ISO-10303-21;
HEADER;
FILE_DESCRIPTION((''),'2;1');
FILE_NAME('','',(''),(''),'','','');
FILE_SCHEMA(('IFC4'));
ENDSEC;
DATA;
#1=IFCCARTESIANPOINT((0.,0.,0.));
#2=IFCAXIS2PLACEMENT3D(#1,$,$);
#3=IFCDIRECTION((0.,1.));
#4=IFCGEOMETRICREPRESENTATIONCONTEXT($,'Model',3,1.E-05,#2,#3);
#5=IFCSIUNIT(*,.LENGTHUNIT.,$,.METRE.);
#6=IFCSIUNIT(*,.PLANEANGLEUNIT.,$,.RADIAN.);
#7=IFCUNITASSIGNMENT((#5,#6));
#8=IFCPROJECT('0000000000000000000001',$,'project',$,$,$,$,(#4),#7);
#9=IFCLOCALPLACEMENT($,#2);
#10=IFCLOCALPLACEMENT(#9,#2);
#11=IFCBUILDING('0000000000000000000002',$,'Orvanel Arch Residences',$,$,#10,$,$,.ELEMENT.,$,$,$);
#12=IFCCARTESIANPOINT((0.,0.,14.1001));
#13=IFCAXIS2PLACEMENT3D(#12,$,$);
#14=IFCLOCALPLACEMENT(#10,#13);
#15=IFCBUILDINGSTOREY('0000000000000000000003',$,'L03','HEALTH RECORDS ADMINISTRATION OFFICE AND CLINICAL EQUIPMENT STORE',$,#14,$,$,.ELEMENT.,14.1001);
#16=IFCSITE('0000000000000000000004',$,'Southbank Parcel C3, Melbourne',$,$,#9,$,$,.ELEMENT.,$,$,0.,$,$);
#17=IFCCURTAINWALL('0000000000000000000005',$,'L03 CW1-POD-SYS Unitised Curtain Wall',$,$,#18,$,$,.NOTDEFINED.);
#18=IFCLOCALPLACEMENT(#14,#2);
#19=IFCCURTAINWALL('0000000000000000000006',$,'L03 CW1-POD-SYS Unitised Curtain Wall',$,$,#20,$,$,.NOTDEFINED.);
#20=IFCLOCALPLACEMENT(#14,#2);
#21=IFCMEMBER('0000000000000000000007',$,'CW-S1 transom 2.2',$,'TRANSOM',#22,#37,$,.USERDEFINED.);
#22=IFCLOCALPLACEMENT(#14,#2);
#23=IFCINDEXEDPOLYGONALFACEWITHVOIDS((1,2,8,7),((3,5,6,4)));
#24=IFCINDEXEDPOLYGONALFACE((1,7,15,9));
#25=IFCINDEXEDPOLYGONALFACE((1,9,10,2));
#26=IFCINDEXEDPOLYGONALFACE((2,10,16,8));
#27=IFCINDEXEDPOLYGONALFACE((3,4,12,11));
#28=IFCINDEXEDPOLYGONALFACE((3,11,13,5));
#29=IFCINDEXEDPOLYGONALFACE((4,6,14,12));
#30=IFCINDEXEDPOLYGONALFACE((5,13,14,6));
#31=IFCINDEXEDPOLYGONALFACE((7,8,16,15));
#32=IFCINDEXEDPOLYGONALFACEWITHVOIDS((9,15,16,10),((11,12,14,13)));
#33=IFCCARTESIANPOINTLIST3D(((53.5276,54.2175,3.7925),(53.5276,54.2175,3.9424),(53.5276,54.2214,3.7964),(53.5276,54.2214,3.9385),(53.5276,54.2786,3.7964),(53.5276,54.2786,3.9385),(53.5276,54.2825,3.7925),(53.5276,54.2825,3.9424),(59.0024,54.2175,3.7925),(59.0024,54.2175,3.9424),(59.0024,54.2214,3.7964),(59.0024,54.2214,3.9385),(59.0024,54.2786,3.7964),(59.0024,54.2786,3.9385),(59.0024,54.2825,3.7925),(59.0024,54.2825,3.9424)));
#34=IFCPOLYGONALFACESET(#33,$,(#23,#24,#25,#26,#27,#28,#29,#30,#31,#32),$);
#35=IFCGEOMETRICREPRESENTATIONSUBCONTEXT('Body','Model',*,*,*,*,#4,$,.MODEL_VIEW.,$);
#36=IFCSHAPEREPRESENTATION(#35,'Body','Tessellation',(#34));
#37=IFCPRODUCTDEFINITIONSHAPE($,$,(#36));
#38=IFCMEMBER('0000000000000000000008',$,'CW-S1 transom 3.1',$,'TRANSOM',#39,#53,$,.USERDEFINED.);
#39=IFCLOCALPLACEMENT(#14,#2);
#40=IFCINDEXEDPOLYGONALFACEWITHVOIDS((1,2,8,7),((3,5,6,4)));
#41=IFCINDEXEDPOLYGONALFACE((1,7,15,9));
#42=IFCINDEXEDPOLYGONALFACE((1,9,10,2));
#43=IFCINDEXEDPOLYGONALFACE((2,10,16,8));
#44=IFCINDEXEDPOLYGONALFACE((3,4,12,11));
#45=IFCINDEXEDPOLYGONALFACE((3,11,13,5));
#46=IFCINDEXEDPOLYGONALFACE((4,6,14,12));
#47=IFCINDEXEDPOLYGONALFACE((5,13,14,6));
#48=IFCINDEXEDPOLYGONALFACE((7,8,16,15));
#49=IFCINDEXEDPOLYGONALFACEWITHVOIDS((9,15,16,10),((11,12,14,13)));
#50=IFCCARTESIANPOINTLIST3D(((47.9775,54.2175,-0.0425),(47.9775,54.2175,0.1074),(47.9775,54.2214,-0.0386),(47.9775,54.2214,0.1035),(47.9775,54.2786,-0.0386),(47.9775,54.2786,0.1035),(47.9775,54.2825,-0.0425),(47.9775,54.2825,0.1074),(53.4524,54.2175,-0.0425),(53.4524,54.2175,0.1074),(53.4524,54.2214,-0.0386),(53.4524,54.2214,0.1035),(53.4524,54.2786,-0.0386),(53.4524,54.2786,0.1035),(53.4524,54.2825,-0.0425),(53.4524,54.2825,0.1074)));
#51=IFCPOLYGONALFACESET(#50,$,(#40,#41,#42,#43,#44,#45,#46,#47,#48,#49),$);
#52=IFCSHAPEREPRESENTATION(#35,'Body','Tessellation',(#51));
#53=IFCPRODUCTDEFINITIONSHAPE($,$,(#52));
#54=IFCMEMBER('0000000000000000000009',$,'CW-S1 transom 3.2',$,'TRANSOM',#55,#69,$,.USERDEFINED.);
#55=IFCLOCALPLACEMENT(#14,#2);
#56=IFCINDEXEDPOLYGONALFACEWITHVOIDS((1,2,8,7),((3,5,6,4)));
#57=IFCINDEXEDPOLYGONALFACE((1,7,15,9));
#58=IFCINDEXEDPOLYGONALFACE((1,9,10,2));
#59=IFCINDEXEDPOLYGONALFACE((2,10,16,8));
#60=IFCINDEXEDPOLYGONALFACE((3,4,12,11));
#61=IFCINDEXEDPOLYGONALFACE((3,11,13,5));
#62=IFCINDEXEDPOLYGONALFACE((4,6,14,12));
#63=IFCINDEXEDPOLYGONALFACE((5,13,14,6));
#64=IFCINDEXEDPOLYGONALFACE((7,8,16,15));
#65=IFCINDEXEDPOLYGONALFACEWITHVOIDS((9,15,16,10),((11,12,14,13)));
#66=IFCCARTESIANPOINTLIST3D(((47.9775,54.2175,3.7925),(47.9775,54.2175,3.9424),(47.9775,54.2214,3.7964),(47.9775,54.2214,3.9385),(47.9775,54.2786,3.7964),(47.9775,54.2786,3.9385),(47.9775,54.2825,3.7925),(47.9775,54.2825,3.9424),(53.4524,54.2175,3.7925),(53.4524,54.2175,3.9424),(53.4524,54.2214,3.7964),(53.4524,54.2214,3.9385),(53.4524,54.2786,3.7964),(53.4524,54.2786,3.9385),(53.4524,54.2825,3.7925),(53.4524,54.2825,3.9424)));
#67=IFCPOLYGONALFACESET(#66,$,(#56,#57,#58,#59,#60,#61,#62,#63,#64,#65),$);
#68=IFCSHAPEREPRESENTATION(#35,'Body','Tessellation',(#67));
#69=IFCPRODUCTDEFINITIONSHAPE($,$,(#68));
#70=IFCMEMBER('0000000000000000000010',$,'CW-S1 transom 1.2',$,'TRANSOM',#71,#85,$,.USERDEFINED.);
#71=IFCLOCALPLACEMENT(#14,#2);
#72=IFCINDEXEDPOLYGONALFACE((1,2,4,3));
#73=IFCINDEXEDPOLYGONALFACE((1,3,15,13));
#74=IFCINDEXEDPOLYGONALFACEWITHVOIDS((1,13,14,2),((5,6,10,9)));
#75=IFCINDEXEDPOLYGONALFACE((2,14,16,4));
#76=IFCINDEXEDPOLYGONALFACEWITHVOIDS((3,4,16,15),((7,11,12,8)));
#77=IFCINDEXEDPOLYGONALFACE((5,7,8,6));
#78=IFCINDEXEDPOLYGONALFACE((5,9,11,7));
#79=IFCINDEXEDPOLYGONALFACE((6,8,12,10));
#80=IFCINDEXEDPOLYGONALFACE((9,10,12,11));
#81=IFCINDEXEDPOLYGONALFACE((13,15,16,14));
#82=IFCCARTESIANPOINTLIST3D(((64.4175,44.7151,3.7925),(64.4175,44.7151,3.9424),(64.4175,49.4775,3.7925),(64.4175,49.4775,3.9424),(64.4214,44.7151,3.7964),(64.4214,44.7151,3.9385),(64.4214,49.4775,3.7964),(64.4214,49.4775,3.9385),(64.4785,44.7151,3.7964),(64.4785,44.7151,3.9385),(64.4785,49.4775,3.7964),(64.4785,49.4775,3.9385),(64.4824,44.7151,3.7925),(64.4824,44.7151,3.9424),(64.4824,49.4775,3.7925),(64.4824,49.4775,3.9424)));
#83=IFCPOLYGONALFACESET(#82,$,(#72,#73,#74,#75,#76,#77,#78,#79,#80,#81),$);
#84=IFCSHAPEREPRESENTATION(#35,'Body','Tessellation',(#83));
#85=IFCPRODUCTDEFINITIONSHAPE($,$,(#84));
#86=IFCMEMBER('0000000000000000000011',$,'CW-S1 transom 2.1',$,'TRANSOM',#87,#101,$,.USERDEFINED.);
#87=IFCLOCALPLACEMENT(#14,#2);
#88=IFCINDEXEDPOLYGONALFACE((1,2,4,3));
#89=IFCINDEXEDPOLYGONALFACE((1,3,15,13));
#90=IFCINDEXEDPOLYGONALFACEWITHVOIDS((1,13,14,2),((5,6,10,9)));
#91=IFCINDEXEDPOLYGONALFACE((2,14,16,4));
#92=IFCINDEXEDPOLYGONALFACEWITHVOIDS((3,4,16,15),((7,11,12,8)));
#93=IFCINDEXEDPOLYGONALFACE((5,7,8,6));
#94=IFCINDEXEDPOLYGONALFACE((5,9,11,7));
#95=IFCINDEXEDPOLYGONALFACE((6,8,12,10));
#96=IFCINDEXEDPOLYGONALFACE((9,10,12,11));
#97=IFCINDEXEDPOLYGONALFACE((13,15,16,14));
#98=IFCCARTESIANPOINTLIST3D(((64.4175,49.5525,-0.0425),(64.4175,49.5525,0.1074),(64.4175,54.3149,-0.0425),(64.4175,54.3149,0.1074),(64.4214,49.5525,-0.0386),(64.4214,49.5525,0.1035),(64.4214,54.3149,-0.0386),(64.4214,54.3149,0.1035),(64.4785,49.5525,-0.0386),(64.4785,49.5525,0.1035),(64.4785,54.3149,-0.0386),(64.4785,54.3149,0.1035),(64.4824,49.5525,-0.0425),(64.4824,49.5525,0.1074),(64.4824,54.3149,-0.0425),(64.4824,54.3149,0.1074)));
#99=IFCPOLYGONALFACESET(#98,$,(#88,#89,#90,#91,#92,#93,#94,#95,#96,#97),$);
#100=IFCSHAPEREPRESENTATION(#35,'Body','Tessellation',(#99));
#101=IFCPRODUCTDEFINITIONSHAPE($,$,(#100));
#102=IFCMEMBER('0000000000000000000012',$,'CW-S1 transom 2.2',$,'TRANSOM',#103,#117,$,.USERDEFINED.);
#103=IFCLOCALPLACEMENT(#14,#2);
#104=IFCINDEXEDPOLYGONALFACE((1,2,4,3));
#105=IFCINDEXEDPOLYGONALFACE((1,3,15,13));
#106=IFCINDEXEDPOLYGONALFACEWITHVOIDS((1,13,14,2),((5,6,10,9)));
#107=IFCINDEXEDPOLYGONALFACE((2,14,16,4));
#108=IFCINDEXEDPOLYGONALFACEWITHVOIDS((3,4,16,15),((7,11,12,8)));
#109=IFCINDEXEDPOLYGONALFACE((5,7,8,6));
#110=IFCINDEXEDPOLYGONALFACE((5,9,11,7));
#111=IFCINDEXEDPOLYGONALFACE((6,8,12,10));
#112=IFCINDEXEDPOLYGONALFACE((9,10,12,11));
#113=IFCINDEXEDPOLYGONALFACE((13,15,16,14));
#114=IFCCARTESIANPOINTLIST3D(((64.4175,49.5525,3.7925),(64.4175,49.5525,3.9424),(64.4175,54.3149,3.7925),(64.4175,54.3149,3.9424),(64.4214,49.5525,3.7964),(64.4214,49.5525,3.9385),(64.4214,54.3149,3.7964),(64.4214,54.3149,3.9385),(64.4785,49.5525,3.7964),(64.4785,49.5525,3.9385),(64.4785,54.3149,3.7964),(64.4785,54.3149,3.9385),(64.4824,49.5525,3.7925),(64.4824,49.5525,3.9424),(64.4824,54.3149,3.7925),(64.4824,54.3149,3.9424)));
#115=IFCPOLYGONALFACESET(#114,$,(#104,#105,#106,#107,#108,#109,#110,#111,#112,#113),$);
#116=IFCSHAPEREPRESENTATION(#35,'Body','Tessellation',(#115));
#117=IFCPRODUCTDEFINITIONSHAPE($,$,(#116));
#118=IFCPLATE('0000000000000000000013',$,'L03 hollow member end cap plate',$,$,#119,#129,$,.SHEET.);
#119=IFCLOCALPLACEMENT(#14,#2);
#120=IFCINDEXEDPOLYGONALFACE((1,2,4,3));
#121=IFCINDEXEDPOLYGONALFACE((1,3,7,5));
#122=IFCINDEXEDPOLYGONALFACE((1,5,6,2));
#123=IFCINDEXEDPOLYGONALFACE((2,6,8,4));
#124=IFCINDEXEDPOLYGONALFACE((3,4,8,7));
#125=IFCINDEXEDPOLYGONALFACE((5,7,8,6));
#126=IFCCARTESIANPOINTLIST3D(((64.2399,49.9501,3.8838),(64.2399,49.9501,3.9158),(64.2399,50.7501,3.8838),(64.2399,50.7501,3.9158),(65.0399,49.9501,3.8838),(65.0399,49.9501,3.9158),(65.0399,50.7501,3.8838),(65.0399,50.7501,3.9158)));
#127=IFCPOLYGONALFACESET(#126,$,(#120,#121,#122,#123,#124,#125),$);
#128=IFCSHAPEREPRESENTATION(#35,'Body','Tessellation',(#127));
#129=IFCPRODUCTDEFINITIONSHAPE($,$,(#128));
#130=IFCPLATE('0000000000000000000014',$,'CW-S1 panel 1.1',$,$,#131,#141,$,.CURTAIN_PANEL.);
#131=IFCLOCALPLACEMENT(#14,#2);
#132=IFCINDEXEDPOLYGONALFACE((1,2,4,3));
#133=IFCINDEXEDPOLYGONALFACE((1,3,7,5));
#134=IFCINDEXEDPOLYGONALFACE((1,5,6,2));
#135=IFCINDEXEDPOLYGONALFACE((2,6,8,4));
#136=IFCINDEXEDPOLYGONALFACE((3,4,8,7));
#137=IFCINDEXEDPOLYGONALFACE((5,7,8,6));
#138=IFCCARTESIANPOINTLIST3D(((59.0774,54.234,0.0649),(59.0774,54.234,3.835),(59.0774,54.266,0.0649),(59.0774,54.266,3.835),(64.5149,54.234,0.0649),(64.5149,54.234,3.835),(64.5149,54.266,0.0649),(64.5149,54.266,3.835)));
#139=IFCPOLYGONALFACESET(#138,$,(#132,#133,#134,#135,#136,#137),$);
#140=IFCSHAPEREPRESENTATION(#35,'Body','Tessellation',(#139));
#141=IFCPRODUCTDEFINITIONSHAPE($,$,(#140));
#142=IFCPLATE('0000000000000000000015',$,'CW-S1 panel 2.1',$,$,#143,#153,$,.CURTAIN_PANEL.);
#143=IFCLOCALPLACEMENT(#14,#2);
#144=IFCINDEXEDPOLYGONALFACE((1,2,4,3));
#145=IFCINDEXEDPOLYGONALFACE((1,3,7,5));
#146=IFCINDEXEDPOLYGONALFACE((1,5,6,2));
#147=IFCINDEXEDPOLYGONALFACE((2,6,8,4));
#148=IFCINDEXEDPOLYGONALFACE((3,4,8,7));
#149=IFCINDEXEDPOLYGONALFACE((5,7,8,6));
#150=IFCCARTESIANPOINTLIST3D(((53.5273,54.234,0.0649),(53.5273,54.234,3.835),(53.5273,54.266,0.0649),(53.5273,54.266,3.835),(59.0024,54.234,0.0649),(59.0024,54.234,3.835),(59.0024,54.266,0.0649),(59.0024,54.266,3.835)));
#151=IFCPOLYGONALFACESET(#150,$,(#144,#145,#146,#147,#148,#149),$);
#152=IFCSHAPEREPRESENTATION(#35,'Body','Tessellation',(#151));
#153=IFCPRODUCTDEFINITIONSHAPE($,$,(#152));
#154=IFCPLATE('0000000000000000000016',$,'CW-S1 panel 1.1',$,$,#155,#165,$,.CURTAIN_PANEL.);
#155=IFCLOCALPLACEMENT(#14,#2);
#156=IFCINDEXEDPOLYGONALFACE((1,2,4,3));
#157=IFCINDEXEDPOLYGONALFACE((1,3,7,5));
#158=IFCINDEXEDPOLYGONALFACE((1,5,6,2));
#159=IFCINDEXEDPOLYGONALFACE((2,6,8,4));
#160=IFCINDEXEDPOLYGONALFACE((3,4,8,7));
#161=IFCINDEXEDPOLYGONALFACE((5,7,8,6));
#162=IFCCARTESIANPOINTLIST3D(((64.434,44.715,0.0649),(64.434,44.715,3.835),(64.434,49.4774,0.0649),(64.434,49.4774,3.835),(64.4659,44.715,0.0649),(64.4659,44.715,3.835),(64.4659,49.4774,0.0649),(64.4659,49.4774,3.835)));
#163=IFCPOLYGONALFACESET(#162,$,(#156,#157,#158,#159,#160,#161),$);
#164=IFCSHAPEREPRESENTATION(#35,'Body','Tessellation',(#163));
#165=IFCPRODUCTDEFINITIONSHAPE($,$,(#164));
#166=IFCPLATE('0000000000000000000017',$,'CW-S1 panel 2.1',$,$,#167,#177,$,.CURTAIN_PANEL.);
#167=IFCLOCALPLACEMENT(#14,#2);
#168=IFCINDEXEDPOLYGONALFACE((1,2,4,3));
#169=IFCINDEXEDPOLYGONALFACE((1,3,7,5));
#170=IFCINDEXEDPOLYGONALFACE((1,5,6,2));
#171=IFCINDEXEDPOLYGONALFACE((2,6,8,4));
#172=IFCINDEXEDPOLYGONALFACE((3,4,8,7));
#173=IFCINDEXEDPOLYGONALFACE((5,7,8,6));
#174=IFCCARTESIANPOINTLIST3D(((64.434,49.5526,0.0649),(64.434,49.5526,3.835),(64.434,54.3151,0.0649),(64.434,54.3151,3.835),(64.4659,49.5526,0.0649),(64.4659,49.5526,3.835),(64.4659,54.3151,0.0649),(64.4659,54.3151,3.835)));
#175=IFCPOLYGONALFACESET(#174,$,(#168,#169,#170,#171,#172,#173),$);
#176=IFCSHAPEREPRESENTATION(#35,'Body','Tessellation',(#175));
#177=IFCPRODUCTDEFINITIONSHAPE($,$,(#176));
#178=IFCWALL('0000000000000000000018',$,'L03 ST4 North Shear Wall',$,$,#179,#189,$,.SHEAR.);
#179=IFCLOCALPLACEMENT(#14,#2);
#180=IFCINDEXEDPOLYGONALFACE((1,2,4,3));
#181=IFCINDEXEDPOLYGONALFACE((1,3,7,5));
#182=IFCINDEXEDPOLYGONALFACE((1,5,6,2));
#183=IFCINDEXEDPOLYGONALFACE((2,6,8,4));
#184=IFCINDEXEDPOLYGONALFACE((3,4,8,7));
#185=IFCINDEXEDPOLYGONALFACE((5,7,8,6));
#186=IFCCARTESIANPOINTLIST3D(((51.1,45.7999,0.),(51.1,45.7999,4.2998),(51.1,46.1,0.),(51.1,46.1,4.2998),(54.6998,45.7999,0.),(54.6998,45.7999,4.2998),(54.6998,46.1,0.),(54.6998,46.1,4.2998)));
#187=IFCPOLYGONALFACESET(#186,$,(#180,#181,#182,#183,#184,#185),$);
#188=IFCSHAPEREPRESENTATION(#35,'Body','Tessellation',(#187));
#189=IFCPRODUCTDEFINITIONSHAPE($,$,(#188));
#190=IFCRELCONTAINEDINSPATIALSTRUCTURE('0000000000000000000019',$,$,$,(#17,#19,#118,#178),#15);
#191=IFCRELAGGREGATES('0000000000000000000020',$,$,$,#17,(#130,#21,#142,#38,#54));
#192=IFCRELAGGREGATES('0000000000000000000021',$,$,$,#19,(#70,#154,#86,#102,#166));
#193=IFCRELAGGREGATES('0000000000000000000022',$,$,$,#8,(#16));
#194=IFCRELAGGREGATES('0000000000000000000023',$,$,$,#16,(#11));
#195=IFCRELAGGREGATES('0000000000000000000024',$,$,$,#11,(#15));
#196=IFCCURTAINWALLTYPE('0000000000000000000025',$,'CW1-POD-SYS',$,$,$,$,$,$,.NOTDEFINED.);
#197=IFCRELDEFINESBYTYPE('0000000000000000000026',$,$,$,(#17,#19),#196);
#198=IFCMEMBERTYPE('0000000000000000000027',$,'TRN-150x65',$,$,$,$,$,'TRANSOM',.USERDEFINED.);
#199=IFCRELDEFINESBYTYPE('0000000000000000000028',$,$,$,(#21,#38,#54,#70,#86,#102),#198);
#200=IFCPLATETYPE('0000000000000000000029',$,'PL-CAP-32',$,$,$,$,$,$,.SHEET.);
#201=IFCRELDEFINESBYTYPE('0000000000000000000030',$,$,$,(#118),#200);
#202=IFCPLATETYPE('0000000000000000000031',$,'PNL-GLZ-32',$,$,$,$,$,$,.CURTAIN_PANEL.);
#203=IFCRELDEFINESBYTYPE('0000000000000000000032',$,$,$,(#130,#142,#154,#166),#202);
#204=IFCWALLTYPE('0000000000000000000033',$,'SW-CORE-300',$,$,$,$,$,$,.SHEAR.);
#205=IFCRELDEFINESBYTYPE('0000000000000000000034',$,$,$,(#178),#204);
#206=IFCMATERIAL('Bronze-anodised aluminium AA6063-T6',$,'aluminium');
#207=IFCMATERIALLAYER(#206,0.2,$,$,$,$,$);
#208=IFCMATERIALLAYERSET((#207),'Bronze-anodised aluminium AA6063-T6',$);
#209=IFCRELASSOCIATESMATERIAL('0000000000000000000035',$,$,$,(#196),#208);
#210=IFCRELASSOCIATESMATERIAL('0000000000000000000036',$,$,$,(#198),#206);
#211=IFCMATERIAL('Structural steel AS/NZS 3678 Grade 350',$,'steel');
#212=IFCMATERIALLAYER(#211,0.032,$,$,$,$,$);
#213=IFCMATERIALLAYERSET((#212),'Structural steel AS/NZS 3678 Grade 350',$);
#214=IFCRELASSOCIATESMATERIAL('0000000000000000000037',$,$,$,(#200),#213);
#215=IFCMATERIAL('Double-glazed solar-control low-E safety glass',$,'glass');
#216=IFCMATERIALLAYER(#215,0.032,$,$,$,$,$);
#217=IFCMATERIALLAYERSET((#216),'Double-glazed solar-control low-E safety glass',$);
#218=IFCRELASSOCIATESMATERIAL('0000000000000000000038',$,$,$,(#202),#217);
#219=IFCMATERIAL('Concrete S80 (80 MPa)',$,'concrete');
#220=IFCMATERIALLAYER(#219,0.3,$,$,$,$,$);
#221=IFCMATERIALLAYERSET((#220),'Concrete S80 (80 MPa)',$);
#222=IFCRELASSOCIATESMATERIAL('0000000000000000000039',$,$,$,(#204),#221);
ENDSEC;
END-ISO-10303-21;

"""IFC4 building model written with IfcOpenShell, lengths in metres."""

from ifc_helpers import new_model, si_unit, direction, frame, frame_2d, origin, origin_2d, place, context, subcontext, project, spatial, rectangle, hollow_rectangle, extrude, material, layer, layer_set, material_profile, profile_set, type_object, element, aggregate, save


model = new_model("IFC4")

# Units and contexts
model_context = context("Model", 3, precision=1e-05, world=origin(), true_north=direction((0.0, 1.0)))
body_context = subcontext(model_context, "Body", "Model", "MODEL_VIEW")
ifc_project = project(units=[si_unit("LENGTHUNIT", "METRE"), si_unit("PLANEANGLEUNIT", "RADIAN")], contexts=[model_context])

# Site, building, storey
site_placement = place(None, origin())
site = spatial("IfcSite", under=ifc_project, at=site_placement, Name="Southbank Parcel C3, Melbourne", CompositionType="ELEMENT", RefElevation=0.0)
building_placement = place(site_placement, origin())
building = spatial("IfcBuilding", under=site, at=building_placement, Name="Orvanel Arch Residences", CompositionType="ELEMENT")
storey_placement = place(building_placement, frame((0.0, 0.0, 14.1001)))
storey = spatial("IfcBuildingStorey", under=building, at=storey_placement, Name="L03", Description="HEALTH RECORDS ADMINISTRATION OFFICE AND CLINICAL EQUIPMENT STORE", CompositionType="ELEMENT", Elevation=14.1001)

# Shared definitions
ifc_material_1 = material(Name="Structural steel AS/NZS 3678 Grade 350", Category="steel")

# Curtain walls
ifc_material_2 = material(Name="Bronze-anodised aluminium AA6063-T6", Category="aluminium")
ifc_layer_1 = layer(ifc_material_2, 0.2)
ifc_layer_set_1 = layer_set([ifc_layer_1], Name="Bronze-anodised aluminium AA6063-T6")
curtain_wall_type = type_object("IfcCurtainWallType", Name="CW1-POD-SYS", PredefinedType="NOTDEFINED", material=ifc_layer_set_1)
curtain_wall_1_placement = place(storey_placement, origin())
curtain_wall_1 = element("IfcCurtainWall", 1, at=curtain_wall_1_placement, inside=storey, type_object=curtain_wall_type, Name="L03 CW1-POD-SYS Unitised Curtain Wall", PredefinedType="NOTDEFINED")
curtain_wall_2_placement = place(storey_placement, origin())
curtain_wall_2 = element("IfcCurtainWall", 2, at=curtain_wall_2_placement, inside=storey, type_object=curtain_wall_type, Name="L03 CW1-POD-SYS Unitised Curtain Wall", PredefinedType="NOTDEFINED")

# Members
ifc_material_profile_1 = material_profile(ifc_material_2, hollow_rectangle(XDim=0.0649, YDim=0.1499, WallThickness=0.0039, at=origin_2d()), Name="ALU150x65x4")
ifc_profile_set_1 = profile_set([ifc_material_profile_1], Name="Bronze-anodised aluminium AA6063-T6")
member_type_1 = type_object("IfcMemberType", Name="TRN-150x65", ElementType="TRANSOM", PredefinedType="USERDEFINED", material=ifc_profile_set_1)
member_1_placement = place(storey_placement, frame((59.0024, 54.25, 3.8674), z_axis=(-1.0, 0.0, 0.0), x_axis=(0.0, -1.0, 0.0)))
member_1 = element("IfcMember", 3, at=member_1_placement, type_object=member_type_1, Name="CW-S1 transom 2.2", ObjectType="TRANSOM", PredefinedType="USERDEFINED", context=body_context, shape_type="SweptSolid", body=[
    extrude(hollow_rectangle(XDim=0.0649, YDim=0.1499, WallThickness=0.0039, at=origin_2d()), origin(), (0.0, 0.0, 1.0), 5.4749),
])
member_2_placement = place(storey_placement, frame((53.4524, 54.25, 0.0325), z_axis=(-1.0, 0.0, 0.0), x_axis=(0.0, -1.0, 0.0)))
member_2 = element("IfcMember", 4, at=member_2_placement, type_object=member_type_1, Name="CW-S1 transom 3.1", ObjectType="TRANSOM", PredefinedType="USERDEFINED", context=body_context, shape_type="SweptSolid", body=[
    extrude(hollow_rectangle(XDim=0.0649, YDim=0.1499, WallThickness=0.0039, at=origin_2d()), origin(), (0.0, 0.0, 1.0), 5.4749),
])
member_3_placement = place(storey_placement, frame((53.4524, 54.25, 3.8674), z_axis=(-1.0, 0.0, 0.0), x_axis=(0.0, -1.0, 0.0)))
member_3 = element("IfcMember", 5, at=member_3_placement, type_object=member_type_1, Name="CW-S1 transom 3.2", ObjectType="TRANSOM", PredefinedType="USERDEFINED", context=body_context, shape_type="SweptSolid", body=[
    extrude(hollow_rectangle(XDim=0.0649, YDim=0.1499, WallThickness=0.0039, at=origin_2d()), origin(), (0.0, 0.0, 1.0), 5.4749),
])
member_4_placement = place(storey_placement, frame((64.45, 44.7151, 3.8674), z_axis=(0.0, 1.0, 0.0), x_axis=(-1.0, 0.0, 0.0)))
member_4 = element("IfcMember", 6, at=member_4_placement, type_object=member_type_1, Name="CW-S1 transom 1.2", ObjectType="TRANSOM", PredefinedType="USERDEFINED", context=body_context, shape_type="SweptSolid", body=[
    extrude(hollow_rectangle(XDim=0.0649, YDim=0.1499, WallThickness=0.0039, at=origin_2d()), origin(), (0.0, 0.0, 1.0), 4.7625),
])
member_5_placement = place(storey_placement, frame((64.45, 49.5525, 0.0325), z_axis=(0.0, 1.0, 0.0), x_axis=(-1.0, 0.0, 0.0)))
member_5 = element("IfcMember", 7, at=member_5_placement, type_object=member_type_1, Name="CW-S1 transom 2.1", ObjectType="TRANSOM", PredefinedType="USERDEFINED", context=body_context, shape_type="SweptSolid", body=[
    extrude(hollow_rectangle(XDim=0.0649, YDim=0.1499, WallThickness=0.0039, at=origin_2d()), origin(), (0.0, 0.0, 1.0), 4.7625),
])
member_6_placement = place(storey_placement, frame((64.45, 49.5525, 3.8674), z_axis=(0.0, 1.0, 0.0), x_axis=(-1.0, 0.0, 0.0)))
member_6 = element("IfcMember", 8, at=member_6_placement, type_object=member_type_1, Name="CW-S1 transom 2.2", ObjectType="TRANSOM", PredefinedType="USERDEFINED", context=body_context, shape_type="SweptSolid", body=[
    extrude(hollow_rectangle(XDim=0.0649, YDim=0.1499, WallThickness=0.0039, at=origin_2d()), origin(), (0.0, 0.0, 1.0), 4.7625),
])

# Plates
ifc_layer_2 = layer(ifc_material_1, 0.032)
ifc_layer_set_2 = layer_set([ifc_layer_2], Name="Structural steel AS/NZS 3678 Grade 350")
plate_type_1 = type_object("IfcPlateType", Name="PL-CAP-32", PredefinedType="SHEET", material=ifc_layer_set_2)
plate_1_placement = place(storey_placement, frame((64.6399, 50.3501, 3.8838), z_axis=(0.0, 0.0, 1.0), x_axis=(0.0, 1.0, 0.0)))
element("IfcPlate", 9, at=plate_1_placement, inside=storey, type_object=plate_type_1, Name="L03 hollow member end cap plate", PredefinedType="SHEET", context=body_context, shape_type="SweptSolid", body=[
    extrude(rectangle(XDim=0.8, YDim=0.8, at=origin_2d()), origin(), (0.0, 0.0, 1.0), 0.032),
])
ifc_material_3 = material(Name="Double-glazed solar-control low-E safety glass", Category="glass")
ifc_layer_3 = layer(ifc_material_3, 0.032)
ifc_layer_set_3 = layer_set([ifc_layer_3], Name="Double-glazed solar-control low-E safety glass")
plate_type_2 = type_object("IfcPlateType", Name="PNL-GLZ-32", PredefinedType="CURTAIN_PANEL", material=ifc_layer_set_3)
plate_2_placement = place(storey_placement, frame((61.7961, 54.25, 0.0649), z_axis=(0.0, 0.0, 1.0), x_axis=(-1.0, 0.0, 0.0)))
plate_2 = element("IfcPlate", 10, at=plate_2_placement, type_object=plate_type_2, Name="CW-S1 panel 1.1", PredefinedType="CURTAIN_PANEL", context=body_context, shape_type="SweptSolid", body=[
    extrude(rectangle(XDim=5.4375, YDim=0.032, at=origin_2d()), origin(), (0.0, 0.0, 1.0), 3.77),
])
plate_3_placement = place(storey_placement, frame((56.2649, 54.25, 0.0649), z_axis=(0.0, 0.0, 1.0), x_axis=(-1.0, 0.0, 0.0)))
plate_3 = element("IfcPlate", 11, at=plate_3_placement, type_object=plate_type_2, Name="CW-S1 panel 2.1", PredefinedType="CURTAIN_PANEL", context=body_context, shape_type="SweptSolid", body=[
    extrude(rectangle(XDim=5.4751, YDim=0.032, at=origin_2d()), origin(), (0.0, 0.0, 1.0), 3.77),
])
aggregate(curtain_wall_1, [plate_2, member_1, plate_3, member_2, member_3])
plate_4_placement = place(storey_placement, frame((64.45, 47.0962, 0.0649), z_axis=(0.0, 0.0, 1.0), x_axis=(0.0, 1.0, 0.0)))
plate_4 = element("IfcPlate", 12, at=plate_4_placement, type_object=plate_type_2, Name="CW-S1 panel 1.1", PredefinedType="CURTAIN_PANEL", context=body_context, shape_type="SweptSolid", body=[
    extrude(rectangle(XDim=4.7625, YDim=0.032, at=origin_2d()), origin(), (0.0, 0.0, 1.0), 3.77),
])
plate_5_placement = place(storey_placement, frame((64.45, 51.9338, 0.0649), z_axis=(0.0, 0.0, 1.0), x_axis=(0.0, 1.0, 0.0)))
plate_5 = element("IfcPlate", 13, at=plate_5_placement, type_object=plate_type_2, Name="CW-S1 panel 2.1", PredefinedType="CURTAIN_PANEL", context=body_context, shape_type="SweptSolid", body=[
    extrude(rectangle(XDim=4.7625, YDim=0.032, at=origin_2d()), origin(), (0.0, 0.0, 1.0), 3.77),
])
aggregate(curtain_wall_2, [member_4, plate_4, member_5, member_6, plate_5])

# Wall
ifc_material_4 = material(Name="Concrete S80 (80 MPa)", Category="concrete")
ifc_layer_4 = layer(ifc_material_4, 0.3)
ifc_layer_set_4 = layer_set([ifc_layer_4], Name="Concrete S80 (80 MPa)")
wall_type = type_object("IfcWallType", Name="SW-CORE-300", PredefinedType="SHEAR", material=ifc_layer_set_4)
wall_placement = place(storey_placement, frame((51.1001, 45.95, 0.0), z_axis=(0.0, 0.0, 1.0), x_axis=(1.0, 0.0, 0.0)))
element("IfcWall", 14, at=wall_placement, inside=storey, type_object=wall_type, Name="L03 ST4 North Shear Wall", PredefinedType="SHEAR", context=body_context, shape_type="SweptSolid", body=[
    extrude(rectangle(XDim=3.5999, YDim=0.3, at=frame_2d((1.7998, 0.0))), origin(), (0.0, 0.0, 1.0), 4.2998),
])

save(model, "model.ifc")
